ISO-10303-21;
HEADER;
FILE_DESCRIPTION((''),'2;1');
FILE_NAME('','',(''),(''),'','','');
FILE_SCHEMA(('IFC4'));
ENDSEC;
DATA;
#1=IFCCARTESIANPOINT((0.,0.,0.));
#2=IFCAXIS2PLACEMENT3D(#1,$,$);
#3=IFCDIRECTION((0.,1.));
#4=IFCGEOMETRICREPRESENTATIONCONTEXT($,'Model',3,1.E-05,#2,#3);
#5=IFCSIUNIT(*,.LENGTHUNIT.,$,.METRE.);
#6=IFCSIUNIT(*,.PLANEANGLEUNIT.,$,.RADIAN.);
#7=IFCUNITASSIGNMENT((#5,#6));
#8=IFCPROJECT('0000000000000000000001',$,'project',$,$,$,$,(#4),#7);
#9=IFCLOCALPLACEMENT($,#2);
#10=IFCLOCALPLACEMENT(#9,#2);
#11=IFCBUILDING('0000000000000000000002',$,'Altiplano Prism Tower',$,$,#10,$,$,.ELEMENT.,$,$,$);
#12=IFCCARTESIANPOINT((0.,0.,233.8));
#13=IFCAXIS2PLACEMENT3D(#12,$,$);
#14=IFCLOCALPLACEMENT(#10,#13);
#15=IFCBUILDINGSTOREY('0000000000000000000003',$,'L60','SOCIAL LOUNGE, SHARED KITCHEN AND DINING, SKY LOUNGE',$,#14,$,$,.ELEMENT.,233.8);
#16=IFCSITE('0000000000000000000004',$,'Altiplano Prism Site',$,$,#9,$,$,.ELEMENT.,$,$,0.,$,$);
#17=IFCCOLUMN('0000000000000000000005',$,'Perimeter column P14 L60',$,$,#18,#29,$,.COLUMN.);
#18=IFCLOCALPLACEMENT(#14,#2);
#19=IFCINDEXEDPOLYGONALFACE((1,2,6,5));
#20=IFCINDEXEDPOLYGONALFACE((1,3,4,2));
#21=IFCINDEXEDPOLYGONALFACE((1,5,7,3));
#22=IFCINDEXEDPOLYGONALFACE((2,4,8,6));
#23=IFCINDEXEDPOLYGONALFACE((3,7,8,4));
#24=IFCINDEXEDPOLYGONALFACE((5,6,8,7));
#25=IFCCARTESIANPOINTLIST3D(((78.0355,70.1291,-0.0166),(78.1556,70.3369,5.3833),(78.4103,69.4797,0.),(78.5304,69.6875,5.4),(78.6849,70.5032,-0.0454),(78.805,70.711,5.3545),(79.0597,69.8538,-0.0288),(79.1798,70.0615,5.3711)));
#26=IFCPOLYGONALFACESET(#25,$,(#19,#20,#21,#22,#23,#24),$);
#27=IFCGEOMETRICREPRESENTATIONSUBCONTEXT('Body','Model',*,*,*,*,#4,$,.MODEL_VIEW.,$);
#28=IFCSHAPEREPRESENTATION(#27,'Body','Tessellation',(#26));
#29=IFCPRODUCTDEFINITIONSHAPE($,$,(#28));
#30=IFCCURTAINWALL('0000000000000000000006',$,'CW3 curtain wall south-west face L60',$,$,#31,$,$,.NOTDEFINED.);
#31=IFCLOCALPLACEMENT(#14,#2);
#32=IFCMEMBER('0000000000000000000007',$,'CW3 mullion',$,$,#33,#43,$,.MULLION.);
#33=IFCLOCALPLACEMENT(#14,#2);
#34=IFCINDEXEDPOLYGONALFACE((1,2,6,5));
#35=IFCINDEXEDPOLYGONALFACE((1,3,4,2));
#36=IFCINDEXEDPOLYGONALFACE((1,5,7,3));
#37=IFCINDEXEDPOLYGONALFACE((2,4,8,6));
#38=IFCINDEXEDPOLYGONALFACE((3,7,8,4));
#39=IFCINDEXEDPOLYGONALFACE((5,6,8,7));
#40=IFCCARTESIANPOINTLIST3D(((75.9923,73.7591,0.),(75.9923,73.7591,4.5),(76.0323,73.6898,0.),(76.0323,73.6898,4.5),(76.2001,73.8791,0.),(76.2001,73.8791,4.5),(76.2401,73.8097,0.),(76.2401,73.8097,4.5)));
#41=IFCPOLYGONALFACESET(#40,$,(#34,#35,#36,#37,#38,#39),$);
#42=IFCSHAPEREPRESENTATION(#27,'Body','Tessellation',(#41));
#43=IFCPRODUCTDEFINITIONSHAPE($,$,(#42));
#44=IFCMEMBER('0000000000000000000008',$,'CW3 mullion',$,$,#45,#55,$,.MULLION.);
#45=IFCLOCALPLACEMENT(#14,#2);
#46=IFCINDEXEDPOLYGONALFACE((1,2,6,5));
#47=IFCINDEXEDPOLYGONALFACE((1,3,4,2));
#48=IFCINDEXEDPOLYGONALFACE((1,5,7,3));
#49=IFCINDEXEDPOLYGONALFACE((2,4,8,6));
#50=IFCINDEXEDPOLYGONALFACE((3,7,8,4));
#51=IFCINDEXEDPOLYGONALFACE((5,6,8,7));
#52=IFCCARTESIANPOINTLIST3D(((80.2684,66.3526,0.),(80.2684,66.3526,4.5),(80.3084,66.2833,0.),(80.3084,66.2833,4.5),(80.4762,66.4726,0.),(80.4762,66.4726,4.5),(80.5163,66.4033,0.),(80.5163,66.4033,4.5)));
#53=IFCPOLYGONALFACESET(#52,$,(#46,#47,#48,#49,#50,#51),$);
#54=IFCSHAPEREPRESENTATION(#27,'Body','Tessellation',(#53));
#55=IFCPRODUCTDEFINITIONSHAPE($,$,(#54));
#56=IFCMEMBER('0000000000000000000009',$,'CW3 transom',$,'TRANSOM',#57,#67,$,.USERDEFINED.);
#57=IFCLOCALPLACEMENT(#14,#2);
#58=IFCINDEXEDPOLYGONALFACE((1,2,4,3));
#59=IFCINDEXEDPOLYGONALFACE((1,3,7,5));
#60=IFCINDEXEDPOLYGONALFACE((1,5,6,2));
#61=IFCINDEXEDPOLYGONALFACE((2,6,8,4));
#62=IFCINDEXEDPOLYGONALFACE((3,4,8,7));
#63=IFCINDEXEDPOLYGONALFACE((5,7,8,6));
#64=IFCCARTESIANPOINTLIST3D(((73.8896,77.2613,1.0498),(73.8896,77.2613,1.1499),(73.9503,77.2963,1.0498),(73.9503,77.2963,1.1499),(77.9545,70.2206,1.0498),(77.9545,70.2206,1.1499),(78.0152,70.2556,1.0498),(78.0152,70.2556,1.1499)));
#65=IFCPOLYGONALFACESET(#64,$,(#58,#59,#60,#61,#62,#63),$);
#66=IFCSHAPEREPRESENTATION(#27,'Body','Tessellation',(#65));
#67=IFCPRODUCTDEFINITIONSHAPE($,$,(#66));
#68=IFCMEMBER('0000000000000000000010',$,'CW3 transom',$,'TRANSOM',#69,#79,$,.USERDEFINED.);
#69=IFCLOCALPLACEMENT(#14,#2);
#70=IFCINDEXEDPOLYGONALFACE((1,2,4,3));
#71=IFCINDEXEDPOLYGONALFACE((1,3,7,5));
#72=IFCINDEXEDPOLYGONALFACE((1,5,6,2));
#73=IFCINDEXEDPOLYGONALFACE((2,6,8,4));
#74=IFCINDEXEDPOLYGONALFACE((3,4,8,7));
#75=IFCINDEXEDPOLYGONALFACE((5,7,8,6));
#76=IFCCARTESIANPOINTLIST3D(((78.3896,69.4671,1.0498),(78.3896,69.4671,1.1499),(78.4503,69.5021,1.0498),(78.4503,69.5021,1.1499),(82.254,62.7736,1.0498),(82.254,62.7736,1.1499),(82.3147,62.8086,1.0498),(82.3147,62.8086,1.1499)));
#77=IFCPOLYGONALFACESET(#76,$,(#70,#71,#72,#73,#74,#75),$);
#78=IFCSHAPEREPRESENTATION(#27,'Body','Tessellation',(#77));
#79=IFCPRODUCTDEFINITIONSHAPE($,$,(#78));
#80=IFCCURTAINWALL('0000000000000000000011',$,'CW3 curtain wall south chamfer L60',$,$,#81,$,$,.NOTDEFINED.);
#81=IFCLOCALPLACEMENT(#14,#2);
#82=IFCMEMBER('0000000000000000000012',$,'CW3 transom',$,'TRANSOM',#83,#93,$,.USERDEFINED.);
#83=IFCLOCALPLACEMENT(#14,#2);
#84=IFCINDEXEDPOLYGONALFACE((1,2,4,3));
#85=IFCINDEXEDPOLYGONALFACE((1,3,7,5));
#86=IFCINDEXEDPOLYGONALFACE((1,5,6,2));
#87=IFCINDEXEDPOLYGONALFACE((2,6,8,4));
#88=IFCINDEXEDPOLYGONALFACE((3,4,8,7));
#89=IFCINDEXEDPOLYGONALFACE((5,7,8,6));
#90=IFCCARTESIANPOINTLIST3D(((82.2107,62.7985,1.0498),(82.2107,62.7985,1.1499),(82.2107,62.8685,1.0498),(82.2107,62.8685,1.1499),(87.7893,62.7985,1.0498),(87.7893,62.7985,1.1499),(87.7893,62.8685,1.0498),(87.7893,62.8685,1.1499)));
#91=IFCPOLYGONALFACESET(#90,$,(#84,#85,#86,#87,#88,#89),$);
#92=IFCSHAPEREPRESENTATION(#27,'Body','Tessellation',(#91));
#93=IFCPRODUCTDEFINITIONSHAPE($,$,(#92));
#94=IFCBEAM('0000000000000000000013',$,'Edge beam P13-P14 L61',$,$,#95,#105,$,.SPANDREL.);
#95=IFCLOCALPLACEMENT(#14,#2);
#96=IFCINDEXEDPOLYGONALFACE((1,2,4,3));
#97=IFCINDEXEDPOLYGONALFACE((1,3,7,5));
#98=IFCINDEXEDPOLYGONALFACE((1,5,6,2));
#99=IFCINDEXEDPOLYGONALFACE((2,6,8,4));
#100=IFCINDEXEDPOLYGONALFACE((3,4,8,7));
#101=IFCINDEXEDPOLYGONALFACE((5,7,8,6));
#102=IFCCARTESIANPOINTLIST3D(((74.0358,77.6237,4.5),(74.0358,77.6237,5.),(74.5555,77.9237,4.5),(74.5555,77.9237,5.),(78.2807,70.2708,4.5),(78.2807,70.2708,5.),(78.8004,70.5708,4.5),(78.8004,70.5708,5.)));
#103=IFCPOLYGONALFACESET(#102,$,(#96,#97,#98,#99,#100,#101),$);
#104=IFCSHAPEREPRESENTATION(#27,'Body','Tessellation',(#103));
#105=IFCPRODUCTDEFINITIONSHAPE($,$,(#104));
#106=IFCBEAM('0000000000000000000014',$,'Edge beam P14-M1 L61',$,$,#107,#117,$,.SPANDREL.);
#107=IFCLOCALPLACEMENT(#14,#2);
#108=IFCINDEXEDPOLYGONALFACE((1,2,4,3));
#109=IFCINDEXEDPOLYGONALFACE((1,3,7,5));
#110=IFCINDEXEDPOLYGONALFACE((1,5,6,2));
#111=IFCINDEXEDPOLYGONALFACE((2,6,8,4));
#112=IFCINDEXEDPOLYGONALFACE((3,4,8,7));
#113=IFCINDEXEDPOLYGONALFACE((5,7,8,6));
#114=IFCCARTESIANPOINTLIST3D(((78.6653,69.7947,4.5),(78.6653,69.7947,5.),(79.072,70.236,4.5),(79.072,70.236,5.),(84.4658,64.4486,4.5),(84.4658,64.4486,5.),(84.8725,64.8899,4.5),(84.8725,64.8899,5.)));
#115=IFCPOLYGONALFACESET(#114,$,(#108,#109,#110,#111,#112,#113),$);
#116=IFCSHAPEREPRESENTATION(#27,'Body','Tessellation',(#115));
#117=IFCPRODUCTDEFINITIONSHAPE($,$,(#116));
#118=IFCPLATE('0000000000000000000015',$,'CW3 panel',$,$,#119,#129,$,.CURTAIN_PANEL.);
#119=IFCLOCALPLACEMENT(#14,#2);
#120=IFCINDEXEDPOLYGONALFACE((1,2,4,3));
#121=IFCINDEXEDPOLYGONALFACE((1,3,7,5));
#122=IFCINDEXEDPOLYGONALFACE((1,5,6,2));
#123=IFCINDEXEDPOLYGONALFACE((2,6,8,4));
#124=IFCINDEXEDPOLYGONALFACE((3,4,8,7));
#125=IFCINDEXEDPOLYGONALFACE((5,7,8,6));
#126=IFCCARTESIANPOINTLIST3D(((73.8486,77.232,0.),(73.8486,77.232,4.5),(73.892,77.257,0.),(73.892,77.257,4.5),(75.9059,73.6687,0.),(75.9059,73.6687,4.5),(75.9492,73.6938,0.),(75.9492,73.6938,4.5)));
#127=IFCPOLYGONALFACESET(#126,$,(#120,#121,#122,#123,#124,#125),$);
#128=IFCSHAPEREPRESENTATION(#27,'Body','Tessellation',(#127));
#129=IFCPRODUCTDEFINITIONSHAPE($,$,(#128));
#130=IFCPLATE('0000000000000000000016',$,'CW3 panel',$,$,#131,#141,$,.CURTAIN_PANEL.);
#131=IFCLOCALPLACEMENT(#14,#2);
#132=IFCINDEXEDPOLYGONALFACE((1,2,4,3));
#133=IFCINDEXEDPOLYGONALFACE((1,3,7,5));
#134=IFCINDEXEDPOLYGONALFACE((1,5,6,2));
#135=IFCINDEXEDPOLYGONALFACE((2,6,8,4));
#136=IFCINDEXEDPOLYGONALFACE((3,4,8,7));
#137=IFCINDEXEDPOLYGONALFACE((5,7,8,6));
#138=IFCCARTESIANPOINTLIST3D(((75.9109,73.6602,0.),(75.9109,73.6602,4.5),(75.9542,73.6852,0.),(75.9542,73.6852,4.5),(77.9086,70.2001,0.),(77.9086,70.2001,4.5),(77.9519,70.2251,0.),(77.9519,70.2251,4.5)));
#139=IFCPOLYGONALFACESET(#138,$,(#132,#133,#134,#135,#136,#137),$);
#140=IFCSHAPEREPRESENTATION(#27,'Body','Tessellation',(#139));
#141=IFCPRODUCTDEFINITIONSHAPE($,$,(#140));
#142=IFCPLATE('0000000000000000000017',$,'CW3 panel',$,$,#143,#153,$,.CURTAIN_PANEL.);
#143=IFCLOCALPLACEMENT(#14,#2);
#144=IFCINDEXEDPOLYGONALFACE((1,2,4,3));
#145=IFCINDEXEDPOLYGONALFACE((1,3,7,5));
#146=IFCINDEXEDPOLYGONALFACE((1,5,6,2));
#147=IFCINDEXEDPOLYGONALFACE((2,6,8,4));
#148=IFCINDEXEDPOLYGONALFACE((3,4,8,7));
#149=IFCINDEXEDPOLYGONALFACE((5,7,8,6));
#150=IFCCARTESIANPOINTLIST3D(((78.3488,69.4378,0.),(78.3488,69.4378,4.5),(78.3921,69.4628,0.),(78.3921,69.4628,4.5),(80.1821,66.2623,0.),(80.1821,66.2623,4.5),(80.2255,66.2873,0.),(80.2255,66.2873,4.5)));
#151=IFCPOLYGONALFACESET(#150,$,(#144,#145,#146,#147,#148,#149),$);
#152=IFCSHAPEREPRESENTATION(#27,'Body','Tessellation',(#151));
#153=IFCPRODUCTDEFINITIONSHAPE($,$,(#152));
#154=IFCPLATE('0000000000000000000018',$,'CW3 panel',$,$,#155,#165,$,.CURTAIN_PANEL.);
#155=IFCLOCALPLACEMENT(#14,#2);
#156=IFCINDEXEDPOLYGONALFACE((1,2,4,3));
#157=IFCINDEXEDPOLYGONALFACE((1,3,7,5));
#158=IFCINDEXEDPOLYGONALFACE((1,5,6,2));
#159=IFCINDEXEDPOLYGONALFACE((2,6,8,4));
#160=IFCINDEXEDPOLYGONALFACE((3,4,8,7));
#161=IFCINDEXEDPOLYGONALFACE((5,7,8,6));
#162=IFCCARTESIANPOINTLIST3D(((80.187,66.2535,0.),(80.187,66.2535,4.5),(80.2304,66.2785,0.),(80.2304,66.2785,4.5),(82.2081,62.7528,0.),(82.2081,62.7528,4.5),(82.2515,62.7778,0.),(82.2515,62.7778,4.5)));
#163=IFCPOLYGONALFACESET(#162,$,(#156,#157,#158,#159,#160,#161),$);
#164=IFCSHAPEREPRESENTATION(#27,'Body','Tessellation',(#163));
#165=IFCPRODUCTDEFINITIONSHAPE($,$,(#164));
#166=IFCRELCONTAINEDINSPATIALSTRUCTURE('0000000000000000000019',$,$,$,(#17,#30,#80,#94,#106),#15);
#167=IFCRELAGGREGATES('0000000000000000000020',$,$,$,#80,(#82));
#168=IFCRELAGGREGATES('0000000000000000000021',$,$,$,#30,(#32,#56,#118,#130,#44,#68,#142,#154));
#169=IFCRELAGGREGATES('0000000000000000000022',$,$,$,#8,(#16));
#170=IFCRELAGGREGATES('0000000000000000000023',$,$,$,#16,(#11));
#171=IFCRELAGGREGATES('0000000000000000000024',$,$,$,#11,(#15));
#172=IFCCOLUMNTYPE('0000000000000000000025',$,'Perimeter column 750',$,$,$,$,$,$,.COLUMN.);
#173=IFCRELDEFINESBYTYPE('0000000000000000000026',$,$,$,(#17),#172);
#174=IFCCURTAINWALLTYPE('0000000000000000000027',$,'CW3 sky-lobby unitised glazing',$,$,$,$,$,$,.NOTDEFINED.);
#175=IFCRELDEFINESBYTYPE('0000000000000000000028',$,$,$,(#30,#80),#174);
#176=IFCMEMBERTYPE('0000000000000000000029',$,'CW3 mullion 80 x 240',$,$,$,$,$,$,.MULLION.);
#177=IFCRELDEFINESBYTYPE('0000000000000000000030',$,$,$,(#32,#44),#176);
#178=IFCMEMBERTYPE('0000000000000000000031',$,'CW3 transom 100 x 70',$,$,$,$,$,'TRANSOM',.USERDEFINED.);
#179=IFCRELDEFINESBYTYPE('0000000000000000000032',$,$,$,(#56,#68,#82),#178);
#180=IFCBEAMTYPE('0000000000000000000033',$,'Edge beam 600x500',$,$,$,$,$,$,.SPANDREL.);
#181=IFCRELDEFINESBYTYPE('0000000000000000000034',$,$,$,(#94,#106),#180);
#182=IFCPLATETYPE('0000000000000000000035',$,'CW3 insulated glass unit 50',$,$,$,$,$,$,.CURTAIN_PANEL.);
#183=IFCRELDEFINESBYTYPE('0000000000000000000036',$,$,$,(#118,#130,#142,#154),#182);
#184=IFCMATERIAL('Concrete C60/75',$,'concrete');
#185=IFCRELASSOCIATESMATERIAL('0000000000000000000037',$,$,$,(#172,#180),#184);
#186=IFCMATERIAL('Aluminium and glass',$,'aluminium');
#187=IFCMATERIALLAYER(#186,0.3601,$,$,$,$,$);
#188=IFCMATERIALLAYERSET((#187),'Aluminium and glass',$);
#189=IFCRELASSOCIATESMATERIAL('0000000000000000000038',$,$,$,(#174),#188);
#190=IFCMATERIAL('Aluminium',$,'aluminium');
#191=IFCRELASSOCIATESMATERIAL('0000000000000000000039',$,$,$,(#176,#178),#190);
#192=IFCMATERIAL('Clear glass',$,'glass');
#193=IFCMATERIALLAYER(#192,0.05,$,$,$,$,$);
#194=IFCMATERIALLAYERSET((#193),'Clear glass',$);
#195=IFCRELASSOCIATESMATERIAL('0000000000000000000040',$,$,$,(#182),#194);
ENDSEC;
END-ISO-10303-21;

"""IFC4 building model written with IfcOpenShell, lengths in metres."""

from ifc_helpers import new_model, si_unit, direction, frame, origin, origin_2d, place, context, subcontext, project, spatial, rectangle, extrude, material, layer, layer_set, material_profile, profile_set, type_object, element, aggregate, save


model = new_model("IFC4")

# Units and contexts
model_context = context("Model", 3, precision=1e-05, world=origin(), true_north=direction((0.0, 1.0)))
body_context = subcontext(model_context, "Body", "Model", "MODEL_VIEW")
ifc_project = project(units=[si_unit("LENGTHUNIT", "METRE"), si_unit("PLANEANGLEUNIT", "RADIAN")], contexts=[model_context])

# Site, building, storey
site_placement = place(None, origin())
site = spatial("IfcSite", under=ifc_project, at=site_placement, Name="Altiplano Prism Site", CompositionType="ELEMENT", RefElevation=0.0)
building_placement = place(site_placement, origin())
building = spatial("IfcBuilding", under=site, at=building_placement, Name="Altiplano Prism Tower", CompositionType="ELEMENT")
storey_placement = place(building_placement, frame((0.0, 0.0, 233.8)))
storey = spatial("IfcBuildingStorey", under=building, at=storey_placement, Name="L60", Description="SOCIAL LOUNGE, SHARED KITCHEN AND DINING, SKY LOUNGE", CompositionType="ELEMENT", Elevation=233.8)

# Column
ifc_material_1 = material(Name="Concrete C60/75", Category="concrete")
ifc_material_profile_1 = material_profile(ifc_material_1, rectangle(XDim=0.75, YDim=0.75, at=origin_2d()), Name="Perimeter column 750")
ifc_profile_set_1 = profile_set([ifc_material_profile_1], Name="Concrete C60/75")
column_type = type_object("IfcColumnType", Name="Perimeter column 750", PredefinedType="COLUMN", material=ifc_profile_set_1)
column_placement = place(storey_placement, frame((78.5476, 69.9915, -0.0227), z_axis=(0.022222, 0.038438, 0.999014), x_axis=(-0.865894, -0.498748, 0.038451)))
element("IfcColumn", 1, at=column_placement, inside=storey, type_object=column_type, Name="Perimeter column P14 L60", PredefinedType="COLUMN", context=body_context, shape_type="SweptSolid", body=[
    extrude(rectangle(XDim=0.75, YDim=0.75, at=origin_2d()), origin(), (0.0, 0.0, 1.0), 5.4053),
])

# Curtain wall, members
ifc_material_2 = material(Name="Aluminium and glass", Category="aluminium")
ifc_layer_1 = layer(ifc_material_2, 0.3601)
ifc_layer_set_1 = layer_set([ifc_layer_1], Name="Aluminium and glass")
curtain_wall_type = type_object("IfcCurtainWallType", Name="CW3 sky-lobby unitised glazing", PredefinedType="NOTDEFINED", material=ifc_layer_set_1)
curtain_wall_1_placement = place(storey_placement, origin())
curtain_wall_1 = element("IfcCurtainWall", 2, at=curtain_wall_1_placement, inside=storey, type_object=curtain_wall_type, Name="CW3 curtain wall south-west face L60", PredefinedType="NOTDEFINED")
ifc_material_3 = material(Name="Aluminium", Category="aluminium")
ifc_material_profile_2 = material_profile(ifc_material_3, rectangle(XDim=0.24, YDim=0.0801, at=origin_2d()), Name="CW3 mullion 80 x 240")
ifc_profile_set_2 = profile_set([ifc_material_profile_2], Name="Aluminium")
member_type_1 = type_object("IfcMemberType", Name="CW3 mullion 80 x 240", PredefinedType="MULLION", material=ifc_profile_set_2)
member_1_placement = place(storey_placement, frame((76.1162, 73.7844, 0.0), z_axis=(0.0, 0.0, 1.0), x_axis=(0.866025, 0.5, 0.0)))
member_1 = element("IfcMember", 3, at=member_1_placement, type_object=member_type_1, Name="CW3 mullion", PredefinedType="MULLION", context=body_context, shape_type="SweptSolid", body=[
    extrude(rectangle(XDim=0.24, YDim=0.0801, at=origin_2d()), origin(), (0.0, 0.0, 1.0), 4.5),
])
member_2_placement = place(storey_placement, frame((80.3923, 66.3779, 0.0), z_axis=(0.0, 0.0, 1.0), x_axis=(0.866025, 0.5, 0.0)))
member_2 = element("IfcMember", 4, at=member_2_placement, type_object=member_type_1, Name="CW3 mullion", PredefinedType="MULLION", context=body_context, shape_type="SweptSolid", body=[
    extrude(rectangle(XDim=0.24, YDim=0.0801, at=origin_2d()), origin(), (0.0, 0.0, 1.0), 4.5),
])
ifc_material_profile_3 = material_profile(ifc_material_3, rectangle(XDim=0.0701, YDim=0.1001, at=origin_2d()), Name="CW3 transom 100 x 70")
ifc_profile_set_3 = profile_set([ifc_material_profile_3], Name="Aluminium")
member_type_2 = type_object("IfcMemberType", Name="CW3 transom 100 x 70", ElementType="TRANSOM", PredefinedType="USERDEFINED", material=ifc_profile_set_3)
member_3_placement = place(storey_placement, frame((73.9199, 77.2788, 1.0999), z_axis=(0.499995, -0.866028, 0.0), x_axis=(0.866028, 0.499995, 0.0)))
member_3 = element("IfcMember", 5, at=member_3_placement, type_object=member_type_2, Name="CW3 transom", ObjectType="TRANSOM", PredefinedType="USERDEFINED", context=body_context, shape_type="SweptSolid", body=[
    extrude(rectangle(XDim=0.0701, YDim=0.1001, at=origin_2d()), origin(), (0.0, 0.0, 1.0), 8.1299),
])
member_4_placement = place(storey_placement, frame((78.4199, 69.4846, 1.0999), z_axis=(0.499995, -0.866028, 0.0), x_axis=(0.866028, 0.499995, 0.0)))
member_4 = element("IfcMember", 6, at=member_4_placement, type_object=member_type_2, Name="CW3 transom", ObjectType="TRANSOM", PredefinedType="USERDEFINED", context=body_context, shape_type="SweptSolid", body=[
    extrude(rectangle(XDim=0.0701, YDim=0.1001, at=origin_2d()), origin(), (0.0, 0.0, 1.0), 7.729),
])

# Curtain wall, member
curtain_wall_2_placement = place(storey_placement, origin())
curtain_wall_2 = element("IfcCurtainWall", 7, at=curtain_wall_2_placement, inside=storey, type_object=curtain_wall_type, Name="CW3 curtain wall south chamfer L60", PredefinedType="NOTDEFINED")
member_5_placement = place(storey_placement, frame((82.2107, 62.8335, 1.0999), z_axis=(1.0, 0.0, 0.0), x_axis=(0.0, 1.0, 0.0)))
member_5 = element("IfcMember", 8, at=member_5_placement, type_object=member_type_2, Name="CW3 transom", ObjectType="TRANSOM", PredefinedType="USERDEFINED", context=body_context, shape_type="SweptSolid", body=[
    extrude(rectangle(XDim=0.0701, YDim=0.1001, at=origin_2d()), origin(), (0.0, 0.0, 1.0), 5.5786),
])
aggregate(curtain_wall_2, [member_5])

# Beams
ifc_material_profile_4 = material_profile(ifc_material_1, rectangle(XDim=0.6001, YDim=0.5, at=origin_2d()), Name="Edge beam 600x500")
ifc_profile_set_4 = profile_set([ifc_material_profile_4], Name="Concrete C60/75")
beam_type = type_object("IfcBeamType", Name="Edge beam 600x500", PredefinedType="SPANDREL", material=ifc_profile_set_4)
beam_1_placement = place(storey_placement, frame((74.2957, 77.7737, 4.75), z_axis=(0.499977, -0.866039, 0.0), x_axis=(0.866039, 0.499977, 0.0)))
element("IfcBeam", 9, at=beam_1_placement, inside=storey, type_object=beam_type, Name="Edge beam P13-P14 L61", PredefinedType="SPANDREL", context=body_context, shape_type="SweptSolid", body=[
    extrude(rectangle(XDim=0.6001, YDim=0.5, at=origin_2d()), origin(), (0.0, 0.0, 1.0), 8.4902),
])
beam_2_placement = place(storey_placement, frame((78.8687, 70.0154, 4.75), z_axis=(0.735318, -0.677722, 0.0), x_axis=(0.677722, 0.735318, 0.0)))
element("IfcBeam", 10, at=beam_2_placement, inside=storey, type_object=beam_type, Name="Edge beam P14-M1 L61", PredefinedType="SPANDREL", context=body_context, shape_type="SweptSolid", body=[
    extrude(rectangle(XDim=0.6001, YDim=0.5, at=origin_2d()), origin(), (0.0, 0.0, 1.0), 7.8884),
])

# Plates
ifc_material_4 = material(Name="Clear glass", Category="glass")
ifc_layer_2 = layer(ifc_material_4, 0.05)
ifc_layer_set_2 = layer_set([ifc_layer_2], Name="Clear glass")
plate_type = type_object("IfcPlateType", Name="CW3 insulated glass unit 50", PredefinedType="CURTAIN_PANEL", material=ifc_layer_set_2)
plate_1_placement = place(storey_placement, frame((74.8989, 75.4629, 0.0), z_axis=(0.0, 0.0, 1.0), x_axis=(0.5, -0.866025, 0.0)))
plate_1 = element("IfcPlate", 11, at=plate_1_placement, type_object=plate_type, Name="CW3 panel", PredefinedType="CURTAIN_PANEL", context=body_context, shape_type="SweptSolid", body=[
    extrude(rectangle(XDim=4.1145, YDim=0.05, at=origin_2d()), origin(), (0.0, 0.0, 1.0), 4.5),
])
plate_2_placement = place(storey_placement, frame((76.9314, 71.9426, 0.0), z_axis=(0.0, 0.0, 1.0), x_axis=(0.5, -0.866025, 0.0)))
plate_2 = element("IfcPlate", 12, at=plate_2_placement, type_object=plate_type, Name="CW3 panel", PredefinedType="CURTAIN_PANEL", context=body_context, shape_type="SweptSolid", body=[
    extrude(rectangle(XDim=3.9954, YDim=0.05, at=origin_2d()), origin(), (0.0, 0.0, 1.0), 4.5),
])
plate_3_placement = place(storey_placement, frame((79.2871, 67.8625, 0.0), z_axis=(0.0, 0.0, 1.0), x_axis=(0.5, -0.866025, 0.0)))
plate_3 = element("IfcPlate", 13, at=plate_3_placement, type_object=plate_type, Name="CW3 panel", PredefinedType="CURTAIN_PANEL", context=body_context, shape_type="SweptSolid", body=[
    extrude(rectangle(XDim=3.6667, YDim=0.05, at=origin_2d()), origin(), (0.0, 0.0, 1.0), 4.5),
])
plate_4_placement = place(storey_placement, frame((81.2192, 64.5156, 0.0), z_axis=(0.0, 0.0, 1.0), x_axis=(0.5, -0.866025, 0.0)))
plate_4 = element("IfcPlate", 14, at=plate_4_placement, type_object=plate_type, Name="CW3 panel", PredefinedType="CURTAIN_PANEL", context=body_context, shape_type="SweptSolid", body=[
    extrude(rectangle(XDim=4.0422, YDim=0.05, at=origin_2d()), origin(), (0.0, 0.0, 1.0), 4.5),
])
aggregate(curtain_wall_1, [member_1, member_3, plate_1, plate_2, member_2, member_4, plate_3, plate_4])

save(model, "model.ifc")
